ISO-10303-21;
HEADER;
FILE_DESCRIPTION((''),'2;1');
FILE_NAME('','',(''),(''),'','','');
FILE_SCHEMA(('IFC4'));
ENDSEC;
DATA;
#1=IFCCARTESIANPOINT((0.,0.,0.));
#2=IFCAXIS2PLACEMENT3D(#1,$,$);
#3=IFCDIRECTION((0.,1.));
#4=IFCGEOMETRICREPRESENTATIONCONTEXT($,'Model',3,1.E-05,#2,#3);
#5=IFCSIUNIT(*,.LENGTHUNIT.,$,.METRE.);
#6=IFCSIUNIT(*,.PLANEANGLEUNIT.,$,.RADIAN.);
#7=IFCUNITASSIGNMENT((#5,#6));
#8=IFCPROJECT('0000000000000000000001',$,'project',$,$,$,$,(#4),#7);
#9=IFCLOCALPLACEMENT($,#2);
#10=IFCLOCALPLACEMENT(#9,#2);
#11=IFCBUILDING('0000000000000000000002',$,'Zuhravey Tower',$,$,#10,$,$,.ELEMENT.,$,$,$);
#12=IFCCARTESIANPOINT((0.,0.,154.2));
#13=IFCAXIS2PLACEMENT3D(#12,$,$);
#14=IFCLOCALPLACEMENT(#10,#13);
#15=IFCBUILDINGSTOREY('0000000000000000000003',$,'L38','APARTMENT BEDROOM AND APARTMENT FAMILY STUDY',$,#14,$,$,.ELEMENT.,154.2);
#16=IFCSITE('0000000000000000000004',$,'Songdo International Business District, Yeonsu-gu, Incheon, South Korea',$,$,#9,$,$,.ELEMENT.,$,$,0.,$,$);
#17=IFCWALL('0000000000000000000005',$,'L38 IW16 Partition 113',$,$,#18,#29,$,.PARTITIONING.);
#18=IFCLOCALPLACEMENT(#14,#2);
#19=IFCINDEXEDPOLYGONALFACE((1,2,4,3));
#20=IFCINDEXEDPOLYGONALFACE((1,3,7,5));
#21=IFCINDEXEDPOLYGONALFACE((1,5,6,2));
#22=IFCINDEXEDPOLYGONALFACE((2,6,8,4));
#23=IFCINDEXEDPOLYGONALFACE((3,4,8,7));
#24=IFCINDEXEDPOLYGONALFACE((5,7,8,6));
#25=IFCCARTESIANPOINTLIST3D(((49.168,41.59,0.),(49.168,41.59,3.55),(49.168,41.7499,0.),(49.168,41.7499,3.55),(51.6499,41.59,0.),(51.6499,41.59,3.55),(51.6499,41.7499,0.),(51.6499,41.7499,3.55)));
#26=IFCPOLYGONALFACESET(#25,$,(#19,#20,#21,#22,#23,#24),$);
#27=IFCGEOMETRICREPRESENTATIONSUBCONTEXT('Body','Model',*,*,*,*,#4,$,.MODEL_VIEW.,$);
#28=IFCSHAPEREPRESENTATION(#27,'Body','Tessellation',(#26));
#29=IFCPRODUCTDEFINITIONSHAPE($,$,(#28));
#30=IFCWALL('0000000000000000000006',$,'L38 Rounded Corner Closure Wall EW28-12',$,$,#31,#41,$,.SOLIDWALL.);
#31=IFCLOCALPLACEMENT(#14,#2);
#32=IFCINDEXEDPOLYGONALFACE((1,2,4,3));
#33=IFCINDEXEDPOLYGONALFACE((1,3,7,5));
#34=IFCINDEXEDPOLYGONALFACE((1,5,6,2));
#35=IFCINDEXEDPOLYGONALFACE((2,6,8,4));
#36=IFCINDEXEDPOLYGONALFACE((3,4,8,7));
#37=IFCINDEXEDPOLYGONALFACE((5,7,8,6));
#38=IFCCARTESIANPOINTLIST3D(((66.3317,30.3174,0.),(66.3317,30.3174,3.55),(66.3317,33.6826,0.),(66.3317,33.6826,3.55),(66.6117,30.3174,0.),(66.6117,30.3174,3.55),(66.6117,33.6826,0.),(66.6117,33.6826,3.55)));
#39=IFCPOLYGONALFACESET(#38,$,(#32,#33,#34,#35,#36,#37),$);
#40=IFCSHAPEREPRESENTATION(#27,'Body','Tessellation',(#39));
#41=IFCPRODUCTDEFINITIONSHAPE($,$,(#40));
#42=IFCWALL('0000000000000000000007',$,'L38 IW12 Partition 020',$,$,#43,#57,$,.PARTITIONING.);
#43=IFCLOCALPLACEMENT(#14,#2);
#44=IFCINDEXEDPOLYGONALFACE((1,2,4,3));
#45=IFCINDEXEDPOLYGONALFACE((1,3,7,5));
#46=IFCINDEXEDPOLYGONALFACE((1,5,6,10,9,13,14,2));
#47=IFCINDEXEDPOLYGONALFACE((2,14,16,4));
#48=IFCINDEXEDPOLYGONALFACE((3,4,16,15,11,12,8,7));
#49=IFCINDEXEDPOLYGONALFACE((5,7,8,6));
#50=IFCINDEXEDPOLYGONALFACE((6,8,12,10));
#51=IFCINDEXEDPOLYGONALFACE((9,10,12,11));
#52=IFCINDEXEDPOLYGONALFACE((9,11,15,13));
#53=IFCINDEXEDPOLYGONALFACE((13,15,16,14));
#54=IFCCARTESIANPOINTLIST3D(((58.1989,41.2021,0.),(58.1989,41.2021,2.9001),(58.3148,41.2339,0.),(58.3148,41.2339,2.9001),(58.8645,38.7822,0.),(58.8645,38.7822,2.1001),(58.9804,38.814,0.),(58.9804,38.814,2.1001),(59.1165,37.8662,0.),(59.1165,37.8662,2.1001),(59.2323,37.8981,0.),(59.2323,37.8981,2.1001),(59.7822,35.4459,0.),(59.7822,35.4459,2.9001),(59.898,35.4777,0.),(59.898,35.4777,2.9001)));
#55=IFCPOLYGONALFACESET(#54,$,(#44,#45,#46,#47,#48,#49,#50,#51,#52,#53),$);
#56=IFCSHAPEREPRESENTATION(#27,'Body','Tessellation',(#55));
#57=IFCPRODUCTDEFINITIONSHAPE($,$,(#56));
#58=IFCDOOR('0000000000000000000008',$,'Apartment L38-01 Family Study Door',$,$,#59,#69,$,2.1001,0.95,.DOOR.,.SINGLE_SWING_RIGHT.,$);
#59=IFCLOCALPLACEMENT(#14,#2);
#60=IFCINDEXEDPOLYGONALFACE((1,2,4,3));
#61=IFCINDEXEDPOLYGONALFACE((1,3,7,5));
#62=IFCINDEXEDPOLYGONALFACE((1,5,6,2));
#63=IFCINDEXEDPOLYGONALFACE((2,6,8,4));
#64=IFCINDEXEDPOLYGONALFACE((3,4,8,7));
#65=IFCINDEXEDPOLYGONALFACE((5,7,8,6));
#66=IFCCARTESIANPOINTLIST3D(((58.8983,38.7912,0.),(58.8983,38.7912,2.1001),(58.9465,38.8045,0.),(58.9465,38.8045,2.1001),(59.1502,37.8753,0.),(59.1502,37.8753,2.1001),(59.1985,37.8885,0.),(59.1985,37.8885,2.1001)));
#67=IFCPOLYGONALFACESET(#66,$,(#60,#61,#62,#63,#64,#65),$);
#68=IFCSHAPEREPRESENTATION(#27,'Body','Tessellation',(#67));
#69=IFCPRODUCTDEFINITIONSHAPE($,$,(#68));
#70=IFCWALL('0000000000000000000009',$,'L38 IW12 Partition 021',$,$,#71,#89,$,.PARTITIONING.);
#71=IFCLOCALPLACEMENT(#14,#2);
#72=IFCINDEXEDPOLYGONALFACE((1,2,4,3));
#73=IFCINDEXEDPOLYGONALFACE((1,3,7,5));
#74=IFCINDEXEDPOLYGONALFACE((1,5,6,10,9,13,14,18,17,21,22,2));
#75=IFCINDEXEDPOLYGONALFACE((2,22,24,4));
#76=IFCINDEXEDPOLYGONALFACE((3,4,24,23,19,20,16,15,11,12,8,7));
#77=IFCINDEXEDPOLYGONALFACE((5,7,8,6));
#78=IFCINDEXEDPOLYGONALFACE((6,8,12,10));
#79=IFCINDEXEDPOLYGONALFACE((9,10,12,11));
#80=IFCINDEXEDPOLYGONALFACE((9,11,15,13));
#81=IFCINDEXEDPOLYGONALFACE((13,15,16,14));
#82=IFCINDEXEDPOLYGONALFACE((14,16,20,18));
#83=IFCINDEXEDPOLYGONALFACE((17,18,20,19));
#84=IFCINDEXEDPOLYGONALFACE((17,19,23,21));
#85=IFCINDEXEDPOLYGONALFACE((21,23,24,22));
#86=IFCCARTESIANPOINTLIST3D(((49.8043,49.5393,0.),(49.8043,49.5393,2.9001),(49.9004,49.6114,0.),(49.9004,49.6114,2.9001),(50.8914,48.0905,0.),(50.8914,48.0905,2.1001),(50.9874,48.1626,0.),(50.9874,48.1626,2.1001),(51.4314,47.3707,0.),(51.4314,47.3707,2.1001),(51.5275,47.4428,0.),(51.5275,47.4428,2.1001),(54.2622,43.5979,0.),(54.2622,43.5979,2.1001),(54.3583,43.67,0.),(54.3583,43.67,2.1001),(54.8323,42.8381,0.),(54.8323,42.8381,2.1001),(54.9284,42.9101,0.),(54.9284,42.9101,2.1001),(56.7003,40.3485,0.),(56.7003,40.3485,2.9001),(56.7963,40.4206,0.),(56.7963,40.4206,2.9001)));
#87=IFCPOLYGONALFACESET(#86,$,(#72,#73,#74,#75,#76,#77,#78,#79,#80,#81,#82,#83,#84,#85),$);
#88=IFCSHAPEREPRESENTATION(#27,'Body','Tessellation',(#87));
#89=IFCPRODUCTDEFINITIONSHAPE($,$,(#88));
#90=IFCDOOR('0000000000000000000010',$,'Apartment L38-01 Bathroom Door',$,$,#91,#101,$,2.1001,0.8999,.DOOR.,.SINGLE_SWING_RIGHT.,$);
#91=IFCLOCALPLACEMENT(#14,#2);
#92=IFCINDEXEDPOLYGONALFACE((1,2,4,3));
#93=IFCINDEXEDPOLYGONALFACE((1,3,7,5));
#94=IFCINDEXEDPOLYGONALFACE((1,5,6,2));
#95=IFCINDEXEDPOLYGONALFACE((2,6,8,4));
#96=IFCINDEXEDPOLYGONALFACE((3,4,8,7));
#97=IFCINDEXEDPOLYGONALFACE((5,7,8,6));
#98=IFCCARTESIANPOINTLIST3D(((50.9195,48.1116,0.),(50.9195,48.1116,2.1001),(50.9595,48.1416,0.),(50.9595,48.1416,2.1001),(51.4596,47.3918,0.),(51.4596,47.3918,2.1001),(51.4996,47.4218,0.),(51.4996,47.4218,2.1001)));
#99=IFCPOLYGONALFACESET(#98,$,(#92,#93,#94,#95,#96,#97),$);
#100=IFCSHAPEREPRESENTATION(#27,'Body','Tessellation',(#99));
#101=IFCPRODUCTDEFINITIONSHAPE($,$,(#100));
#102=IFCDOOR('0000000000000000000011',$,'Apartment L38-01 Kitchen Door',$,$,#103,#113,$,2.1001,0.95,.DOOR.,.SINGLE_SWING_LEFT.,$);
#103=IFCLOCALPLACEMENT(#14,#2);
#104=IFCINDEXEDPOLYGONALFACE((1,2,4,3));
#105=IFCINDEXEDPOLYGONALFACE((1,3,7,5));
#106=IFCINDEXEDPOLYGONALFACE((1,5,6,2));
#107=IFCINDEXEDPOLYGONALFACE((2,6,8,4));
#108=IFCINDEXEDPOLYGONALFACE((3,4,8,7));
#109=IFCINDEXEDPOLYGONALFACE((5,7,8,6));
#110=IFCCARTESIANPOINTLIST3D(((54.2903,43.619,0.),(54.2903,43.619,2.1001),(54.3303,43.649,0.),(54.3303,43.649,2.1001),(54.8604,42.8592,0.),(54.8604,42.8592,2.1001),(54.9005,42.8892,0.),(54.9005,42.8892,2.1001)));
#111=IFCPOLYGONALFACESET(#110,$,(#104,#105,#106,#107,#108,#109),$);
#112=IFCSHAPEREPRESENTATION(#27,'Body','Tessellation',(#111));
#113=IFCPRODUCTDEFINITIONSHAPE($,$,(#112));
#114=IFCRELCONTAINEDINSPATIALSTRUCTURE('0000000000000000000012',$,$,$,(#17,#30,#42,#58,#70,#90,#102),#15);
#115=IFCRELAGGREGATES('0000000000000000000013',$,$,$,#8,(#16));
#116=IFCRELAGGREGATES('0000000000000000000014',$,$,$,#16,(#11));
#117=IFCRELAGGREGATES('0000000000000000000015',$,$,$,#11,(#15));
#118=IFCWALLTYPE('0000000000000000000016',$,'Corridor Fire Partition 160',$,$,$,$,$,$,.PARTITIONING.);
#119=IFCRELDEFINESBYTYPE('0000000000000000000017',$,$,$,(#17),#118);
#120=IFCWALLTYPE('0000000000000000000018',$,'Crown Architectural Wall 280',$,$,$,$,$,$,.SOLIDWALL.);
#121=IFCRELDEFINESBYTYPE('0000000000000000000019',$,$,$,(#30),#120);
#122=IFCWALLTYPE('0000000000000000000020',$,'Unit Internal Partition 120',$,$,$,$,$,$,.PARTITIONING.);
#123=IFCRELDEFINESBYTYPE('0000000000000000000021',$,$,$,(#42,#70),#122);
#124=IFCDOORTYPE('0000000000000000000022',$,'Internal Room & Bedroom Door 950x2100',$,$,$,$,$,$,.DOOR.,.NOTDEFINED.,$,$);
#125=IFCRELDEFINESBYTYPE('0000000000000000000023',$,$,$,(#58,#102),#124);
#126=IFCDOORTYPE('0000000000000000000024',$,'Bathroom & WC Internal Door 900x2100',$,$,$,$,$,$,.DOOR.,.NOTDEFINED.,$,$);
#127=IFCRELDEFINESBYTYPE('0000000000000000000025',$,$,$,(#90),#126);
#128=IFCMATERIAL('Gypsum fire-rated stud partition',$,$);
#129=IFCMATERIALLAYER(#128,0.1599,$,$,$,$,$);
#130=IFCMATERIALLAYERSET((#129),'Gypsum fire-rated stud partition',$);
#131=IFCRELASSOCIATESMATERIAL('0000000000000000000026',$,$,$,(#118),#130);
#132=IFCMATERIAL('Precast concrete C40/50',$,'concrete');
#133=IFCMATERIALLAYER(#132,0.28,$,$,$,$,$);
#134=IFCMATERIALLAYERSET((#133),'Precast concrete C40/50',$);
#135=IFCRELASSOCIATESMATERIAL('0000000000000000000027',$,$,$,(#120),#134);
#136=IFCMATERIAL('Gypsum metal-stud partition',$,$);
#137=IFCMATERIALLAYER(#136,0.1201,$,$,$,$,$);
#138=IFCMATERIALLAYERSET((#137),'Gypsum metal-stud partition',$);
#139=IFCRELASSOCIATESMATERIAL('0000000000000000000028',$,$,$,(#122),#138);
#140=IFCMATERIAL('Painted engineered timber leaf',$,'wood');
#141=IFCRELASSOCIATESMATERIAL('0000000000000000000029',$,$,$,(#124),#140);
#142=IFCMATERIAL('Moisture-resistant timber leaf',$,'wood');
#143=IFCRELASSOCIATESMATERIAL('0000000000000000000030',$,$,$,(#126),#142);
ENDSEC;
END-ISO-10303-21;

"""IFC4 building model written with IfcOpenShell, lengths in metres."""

from ifc_helpers import new_model, si_unit, direction, frame, frame_2d, origin, place, context, subcontext, project, spatial, rectangle, extrude, material, layer, layer_set, type_object, element, fill, save


model = new_model("IFC4")

# Units and contexts
model_context = context("Model", 3, precision=1e-05, world=origin(), true_north=direction((0.0, 1.0)))
body_context = subcontext(model_context, "Body", "Model", "MODEL_VIEW")
ifc_project = project(units=[si_unit("LENGTHUNIT", "METRE"), si_unit("PLANEANGLEUNIT", "RADIAN")], contexts=[model_context])

# Site, building, storey
site_placement = place(None, origin())
site = spatial("IfcSite", under=ifc_project, at=site_placement, Name="Songdo International Business District, Yeonsu-gu, Incheon, South Korea", CompositionType="ELEMENT", RefElevation=0.0)
building_placement = place(site_placement, origin())
building = spatial("IfcBuilding", under=site, at=building_placement, Name="Zuhravey Tower", CompositionType="ELEMENT")
storey_placement = place(building_placement, frame((0.0, 0.0, 154.2)))
storey = spatial("IfcBuildingStorey", under=building, at=storey_placement, Name="L38", Description="APARTMENT BEDROOM AND APARTMENT FAMILY STUDY", CompositionType="ELEMENT", Elevation=154.2)

# Shared definitions
ifc_material_1 = material(Name="Gypsum fire-rated stud partition")
ifc_layer_1 = layer(ifc_material_1, 0.1599)
ifc_layer_set_1 = layer_set([ifc_layer_1], Name="Gypsum fire-rated stud partition")
wall_type_1 = type_object("IfcWallType", Name="Corridor Fire Partition 160", PredefinedType="PARTITIONING", material=ifc_layer_set_1)

# Walls
wall_1_placement = place(storey_placement, frame((49.168, 41.6699, 0.0), z_axis=(0.0, 0.0, 1.0), x_axis=(1.0, 0.0, 0.0)))
element("IfcWall", 1, at=wall_1_placement, inside=storey, type_object=wall_type_1, Name="L38 IW16 Partition 113", PredefinedType="PARTITIONING", context=body_context, shape_type="SweptSolid", body=[
    extrude(rectangle(XDim=2.4819, YDim=0.1599, at=frame_2d((1.241, 0.0))), origin(), (0.0, 0.0, 1.0), 3.55),
])
ifc_material_2 = material(Name="Precast concrete C40/50", Category="concrete")
ifc_layer_2 = layer(ifc_material_2, 0.28)
ifc_layer_set_2 = layer_set([ifc_layer_2], Name="Precast concrete C40/50")
wall_type_2 = type_object("IfcWallType", Name="Crown Architectural Wall 280", PredefinedType="SOLIDWALL", material=ifc_layer_set_2)
wall_2_placement = place(storey_placement, frame((66.4717, 33.6826, 0.0), z_axis=(0.0, 0.0, 1.0), x_axis=(0.0, -1.0, 0.0)))
element("IfcWall", 2, at=wall_2_placement, inside=storey, type_object=wall_type_2, Name="L38 Rounded Corner Closure Wall EW28-12", PredefinedType="SOLIDWALL", context=body_context, shape_type="SweptSolid", body=[
    extrude(rectangle(XDim=3.3652, YDim=0.28, at=frame_2d((1.6826, 0.0))), origin(), (0.0, 0.0, 1.0), 3.55),
])

# Wall, opening, door
ifc_material_3 = material(Name="Gypsum metal-stud partition")
ifc_layer_3 = layer(ifc_material_3, 0.1201)
ifc_layer_set_3 = layer_set([ifc_layer_3], Name="Gypsum metal-stud partition")
wall_type_3 = type_object("IfcWallType", Name="Unit Internal Partition 120", PredefinedType="PARTITIONING", material=ifc_layer_set_3)
wall_3_placement = place(storey_placement, frame((59.8401, 35.4619, 0.0), z_axis=(0.0, 0.0, 1.0), x_axis=(-0.265207, 0.964192, 0.0)))
wall_3 = element("IfcWall", 3, at=wall_3_placement, inside=storey, type_object=wall_type_3, Name="L38 IW12 Partition 020", PredefinedType="PARTITIONING", context=body_context, shape_type="SweptSolid", body=[
    extrude(rectangle(XDim=5.97, YDim=0.1201, at=frame_2d((2.9849, 0.0))), origin(), (0.0, 0.0, 1.0), 2.9001),
])
opening_1_placement = place(wall_3_placement, frame((2.51, 0.0, 0.0)))
opening_1 = element("IfcOpeningElement", 4, at=opening_1_placement, cuts=wall_3, PredefinedType="OPENING", context=body_context, shape_type="SweptSolid", body=[
    extrude(rectangle(XDim=0.95, YDim=2.1001, at=frame_2d((0.4751, 1.05))), frame((0.0, 0.072, 0.0), z_axis=(0.0, -1.0, 0.0), x_axis=(1.0, 0.0, 0.0)), (0.0, 0.0, 1.0), 0.144),
])
ifc_material_4 = material(Name="Painted engineered timber leaf", Category="wood")
door_type_1 = type_object("IfcDoorType", Name="Internal Room & Bedroom Door 950x2100", OperationType="NOTDEFINED", PredefinedType="DOOR", material=ifc_material_4)
door_1_placement = place(opening_1_placement, frame((0.95, 0.0, 0.0), z_axis=(0.0, 0.0, 1.0), x_axis=(-1.0, 0.0, 0.0)))
door_1 = element("IfcDoor", 5, at=door_1_placement, inside=storey, type_object=door_type_1, Name="Apartment L38-01 Family Study Door", OperationType="SINGLE_SWING_RIGHT", OverallHeight=2.1001, OverallWidth=0.95, PredefinedType="DOOR", context=body_context, shape_type="SweptSolid", body=[
    extrude(rectangle(XDim=0.95, YDim=2.1001, at=frame_2d((0.4751, 1.05))), frame((0.0, 0.0249, 0.0), z_axis=(0.0, -1.0, 0.0), x_axis=(1.0, 0.0, 0.0)), (0.0, 0.0, 1.0), 0.05),
])
fill(opening_1, door_1)

# Wall, openings, doors
wall_4_placement = place(storey_placement, frame((56.7483, 40.3845, 0.0), z_axis=(0.0, 0.0, 1.0), x_axis=(-0.600156, 0.799883, 0.0)))
wall_4 = element("IfcWall", 6, at=wall_4_placement, inside=storey, type_object=wall_type_3, Name="L38 IW12 Partition 021", PredefinedType="PARTITIONING", context=body_context, shape_type="SweptSolid", body=[
    extrude(rectangle(XDim=11.4902, YDim=0.1201, at=frame_2d((5.7451, 0.0))), origin(), (0.0, 0.0, 1.0), 2.9001),
])
opening_2_placement = place(wall_4_placement, frame((3.1123, 0.0, 0.0)))
opening_2 = element("IfcOpeningElement", 7, at=opening_2_placement, cuts=wall_4, PredefinedType="OPENING", context=body_context, shape_type="SweptSolid", body=[
    extrude(rectangle(XDim=0.95, YDim=2.1001, at=frame_2d((0.4751, 1.05))), frame((0.0, 0.072, 0.0), z_axis=(0.0, -1.0, 0.0), x_axis=(1.0, 0.0, 0.0)), (0.0, 0.0, 1.0), 0.144),
])
opening_3_placement = place(wall_4_placement, frame((8.7791, 0.0, 0.0)))
opening_3 = element("IfcOpeningElement", 8, at=opening_3_placement, cuts=wall_4, PredefinedType="OPENING", context=body_context, shape_type="SweptSolid", body=[
    extrude(rectangle(XDim=0.8999, YDim=2.1001, at=frame_2d((0.45, 1.05))), frame((0.0, 0.072, 0.0), z_axis=(0.0, -1.0, 0.0), x_axis=(1.0, 0.0, 0.0)), (0.0, 0.0, 1.0), 0.144),
])
ifc_material_5 = material(Name="Moisture-resistant timber leaf", Category="wood")
door_type_2 = type_object("IfcDoorType", Name="Bathroom & WC Internal Door 900x2100", OperationType="NOTDEFINED", PredefinedType="DOOR", material=ifc_material_5)
door_2_placement = place(opening_3_placement, origin())
door_2 = element("IfcDoor", 9, at=door_2_placement, inside=storey, type_object=door_type_2, Name="Apartment L38-01 Bathroom Door", OperationType="SINGLE_SWING_RIGHT", OverallHeight=2.1001, OverallWidth=0.8999, PredefinedType="DOOR", context=body_context, shape_type="SweptSolid", body=[
    extrude(rectangle(XDim=0.8999, YDim=2.1001, at=frame_2d((0.45, 1.05))), frame((0.0, 0.0249, 0.0), z_axis=(0.0, -1.0, 0.0), x_axis=(1.0, 0.0, 0.0)), (0.0, 0.0, 1.0), 0.05),
])
fill(opening_3, door_2)
door_3_placement = place(opening_2_placement, origin())
door_3 = element("IfcDoor", 10, at=door_3_placement, inside=storey, type_object=door_type_1, Name="Apartment L38-01 Kitchen Door", OperationType="SINGLE_SWING_LEFT", OverallHeight=2.1001, OverallWidth=0.95, PredefinedType="DOOR", context=body_context, shape_type="SweptSolid", body=[
    extrude(rectangle(XDim=0.95, YDim=2.1001, at=frame_2d((0.4751, 1.05))), frame((0.0, 0.0249, 0.0), z_axis=(0.0, -1.0, 0.0), x_axis=(1.0, 0.0, 0.0)), (0.0, 0.0, 1.0), 0.05),
])
fill(opening_2, door_3)

save(model, "model.ifc")
